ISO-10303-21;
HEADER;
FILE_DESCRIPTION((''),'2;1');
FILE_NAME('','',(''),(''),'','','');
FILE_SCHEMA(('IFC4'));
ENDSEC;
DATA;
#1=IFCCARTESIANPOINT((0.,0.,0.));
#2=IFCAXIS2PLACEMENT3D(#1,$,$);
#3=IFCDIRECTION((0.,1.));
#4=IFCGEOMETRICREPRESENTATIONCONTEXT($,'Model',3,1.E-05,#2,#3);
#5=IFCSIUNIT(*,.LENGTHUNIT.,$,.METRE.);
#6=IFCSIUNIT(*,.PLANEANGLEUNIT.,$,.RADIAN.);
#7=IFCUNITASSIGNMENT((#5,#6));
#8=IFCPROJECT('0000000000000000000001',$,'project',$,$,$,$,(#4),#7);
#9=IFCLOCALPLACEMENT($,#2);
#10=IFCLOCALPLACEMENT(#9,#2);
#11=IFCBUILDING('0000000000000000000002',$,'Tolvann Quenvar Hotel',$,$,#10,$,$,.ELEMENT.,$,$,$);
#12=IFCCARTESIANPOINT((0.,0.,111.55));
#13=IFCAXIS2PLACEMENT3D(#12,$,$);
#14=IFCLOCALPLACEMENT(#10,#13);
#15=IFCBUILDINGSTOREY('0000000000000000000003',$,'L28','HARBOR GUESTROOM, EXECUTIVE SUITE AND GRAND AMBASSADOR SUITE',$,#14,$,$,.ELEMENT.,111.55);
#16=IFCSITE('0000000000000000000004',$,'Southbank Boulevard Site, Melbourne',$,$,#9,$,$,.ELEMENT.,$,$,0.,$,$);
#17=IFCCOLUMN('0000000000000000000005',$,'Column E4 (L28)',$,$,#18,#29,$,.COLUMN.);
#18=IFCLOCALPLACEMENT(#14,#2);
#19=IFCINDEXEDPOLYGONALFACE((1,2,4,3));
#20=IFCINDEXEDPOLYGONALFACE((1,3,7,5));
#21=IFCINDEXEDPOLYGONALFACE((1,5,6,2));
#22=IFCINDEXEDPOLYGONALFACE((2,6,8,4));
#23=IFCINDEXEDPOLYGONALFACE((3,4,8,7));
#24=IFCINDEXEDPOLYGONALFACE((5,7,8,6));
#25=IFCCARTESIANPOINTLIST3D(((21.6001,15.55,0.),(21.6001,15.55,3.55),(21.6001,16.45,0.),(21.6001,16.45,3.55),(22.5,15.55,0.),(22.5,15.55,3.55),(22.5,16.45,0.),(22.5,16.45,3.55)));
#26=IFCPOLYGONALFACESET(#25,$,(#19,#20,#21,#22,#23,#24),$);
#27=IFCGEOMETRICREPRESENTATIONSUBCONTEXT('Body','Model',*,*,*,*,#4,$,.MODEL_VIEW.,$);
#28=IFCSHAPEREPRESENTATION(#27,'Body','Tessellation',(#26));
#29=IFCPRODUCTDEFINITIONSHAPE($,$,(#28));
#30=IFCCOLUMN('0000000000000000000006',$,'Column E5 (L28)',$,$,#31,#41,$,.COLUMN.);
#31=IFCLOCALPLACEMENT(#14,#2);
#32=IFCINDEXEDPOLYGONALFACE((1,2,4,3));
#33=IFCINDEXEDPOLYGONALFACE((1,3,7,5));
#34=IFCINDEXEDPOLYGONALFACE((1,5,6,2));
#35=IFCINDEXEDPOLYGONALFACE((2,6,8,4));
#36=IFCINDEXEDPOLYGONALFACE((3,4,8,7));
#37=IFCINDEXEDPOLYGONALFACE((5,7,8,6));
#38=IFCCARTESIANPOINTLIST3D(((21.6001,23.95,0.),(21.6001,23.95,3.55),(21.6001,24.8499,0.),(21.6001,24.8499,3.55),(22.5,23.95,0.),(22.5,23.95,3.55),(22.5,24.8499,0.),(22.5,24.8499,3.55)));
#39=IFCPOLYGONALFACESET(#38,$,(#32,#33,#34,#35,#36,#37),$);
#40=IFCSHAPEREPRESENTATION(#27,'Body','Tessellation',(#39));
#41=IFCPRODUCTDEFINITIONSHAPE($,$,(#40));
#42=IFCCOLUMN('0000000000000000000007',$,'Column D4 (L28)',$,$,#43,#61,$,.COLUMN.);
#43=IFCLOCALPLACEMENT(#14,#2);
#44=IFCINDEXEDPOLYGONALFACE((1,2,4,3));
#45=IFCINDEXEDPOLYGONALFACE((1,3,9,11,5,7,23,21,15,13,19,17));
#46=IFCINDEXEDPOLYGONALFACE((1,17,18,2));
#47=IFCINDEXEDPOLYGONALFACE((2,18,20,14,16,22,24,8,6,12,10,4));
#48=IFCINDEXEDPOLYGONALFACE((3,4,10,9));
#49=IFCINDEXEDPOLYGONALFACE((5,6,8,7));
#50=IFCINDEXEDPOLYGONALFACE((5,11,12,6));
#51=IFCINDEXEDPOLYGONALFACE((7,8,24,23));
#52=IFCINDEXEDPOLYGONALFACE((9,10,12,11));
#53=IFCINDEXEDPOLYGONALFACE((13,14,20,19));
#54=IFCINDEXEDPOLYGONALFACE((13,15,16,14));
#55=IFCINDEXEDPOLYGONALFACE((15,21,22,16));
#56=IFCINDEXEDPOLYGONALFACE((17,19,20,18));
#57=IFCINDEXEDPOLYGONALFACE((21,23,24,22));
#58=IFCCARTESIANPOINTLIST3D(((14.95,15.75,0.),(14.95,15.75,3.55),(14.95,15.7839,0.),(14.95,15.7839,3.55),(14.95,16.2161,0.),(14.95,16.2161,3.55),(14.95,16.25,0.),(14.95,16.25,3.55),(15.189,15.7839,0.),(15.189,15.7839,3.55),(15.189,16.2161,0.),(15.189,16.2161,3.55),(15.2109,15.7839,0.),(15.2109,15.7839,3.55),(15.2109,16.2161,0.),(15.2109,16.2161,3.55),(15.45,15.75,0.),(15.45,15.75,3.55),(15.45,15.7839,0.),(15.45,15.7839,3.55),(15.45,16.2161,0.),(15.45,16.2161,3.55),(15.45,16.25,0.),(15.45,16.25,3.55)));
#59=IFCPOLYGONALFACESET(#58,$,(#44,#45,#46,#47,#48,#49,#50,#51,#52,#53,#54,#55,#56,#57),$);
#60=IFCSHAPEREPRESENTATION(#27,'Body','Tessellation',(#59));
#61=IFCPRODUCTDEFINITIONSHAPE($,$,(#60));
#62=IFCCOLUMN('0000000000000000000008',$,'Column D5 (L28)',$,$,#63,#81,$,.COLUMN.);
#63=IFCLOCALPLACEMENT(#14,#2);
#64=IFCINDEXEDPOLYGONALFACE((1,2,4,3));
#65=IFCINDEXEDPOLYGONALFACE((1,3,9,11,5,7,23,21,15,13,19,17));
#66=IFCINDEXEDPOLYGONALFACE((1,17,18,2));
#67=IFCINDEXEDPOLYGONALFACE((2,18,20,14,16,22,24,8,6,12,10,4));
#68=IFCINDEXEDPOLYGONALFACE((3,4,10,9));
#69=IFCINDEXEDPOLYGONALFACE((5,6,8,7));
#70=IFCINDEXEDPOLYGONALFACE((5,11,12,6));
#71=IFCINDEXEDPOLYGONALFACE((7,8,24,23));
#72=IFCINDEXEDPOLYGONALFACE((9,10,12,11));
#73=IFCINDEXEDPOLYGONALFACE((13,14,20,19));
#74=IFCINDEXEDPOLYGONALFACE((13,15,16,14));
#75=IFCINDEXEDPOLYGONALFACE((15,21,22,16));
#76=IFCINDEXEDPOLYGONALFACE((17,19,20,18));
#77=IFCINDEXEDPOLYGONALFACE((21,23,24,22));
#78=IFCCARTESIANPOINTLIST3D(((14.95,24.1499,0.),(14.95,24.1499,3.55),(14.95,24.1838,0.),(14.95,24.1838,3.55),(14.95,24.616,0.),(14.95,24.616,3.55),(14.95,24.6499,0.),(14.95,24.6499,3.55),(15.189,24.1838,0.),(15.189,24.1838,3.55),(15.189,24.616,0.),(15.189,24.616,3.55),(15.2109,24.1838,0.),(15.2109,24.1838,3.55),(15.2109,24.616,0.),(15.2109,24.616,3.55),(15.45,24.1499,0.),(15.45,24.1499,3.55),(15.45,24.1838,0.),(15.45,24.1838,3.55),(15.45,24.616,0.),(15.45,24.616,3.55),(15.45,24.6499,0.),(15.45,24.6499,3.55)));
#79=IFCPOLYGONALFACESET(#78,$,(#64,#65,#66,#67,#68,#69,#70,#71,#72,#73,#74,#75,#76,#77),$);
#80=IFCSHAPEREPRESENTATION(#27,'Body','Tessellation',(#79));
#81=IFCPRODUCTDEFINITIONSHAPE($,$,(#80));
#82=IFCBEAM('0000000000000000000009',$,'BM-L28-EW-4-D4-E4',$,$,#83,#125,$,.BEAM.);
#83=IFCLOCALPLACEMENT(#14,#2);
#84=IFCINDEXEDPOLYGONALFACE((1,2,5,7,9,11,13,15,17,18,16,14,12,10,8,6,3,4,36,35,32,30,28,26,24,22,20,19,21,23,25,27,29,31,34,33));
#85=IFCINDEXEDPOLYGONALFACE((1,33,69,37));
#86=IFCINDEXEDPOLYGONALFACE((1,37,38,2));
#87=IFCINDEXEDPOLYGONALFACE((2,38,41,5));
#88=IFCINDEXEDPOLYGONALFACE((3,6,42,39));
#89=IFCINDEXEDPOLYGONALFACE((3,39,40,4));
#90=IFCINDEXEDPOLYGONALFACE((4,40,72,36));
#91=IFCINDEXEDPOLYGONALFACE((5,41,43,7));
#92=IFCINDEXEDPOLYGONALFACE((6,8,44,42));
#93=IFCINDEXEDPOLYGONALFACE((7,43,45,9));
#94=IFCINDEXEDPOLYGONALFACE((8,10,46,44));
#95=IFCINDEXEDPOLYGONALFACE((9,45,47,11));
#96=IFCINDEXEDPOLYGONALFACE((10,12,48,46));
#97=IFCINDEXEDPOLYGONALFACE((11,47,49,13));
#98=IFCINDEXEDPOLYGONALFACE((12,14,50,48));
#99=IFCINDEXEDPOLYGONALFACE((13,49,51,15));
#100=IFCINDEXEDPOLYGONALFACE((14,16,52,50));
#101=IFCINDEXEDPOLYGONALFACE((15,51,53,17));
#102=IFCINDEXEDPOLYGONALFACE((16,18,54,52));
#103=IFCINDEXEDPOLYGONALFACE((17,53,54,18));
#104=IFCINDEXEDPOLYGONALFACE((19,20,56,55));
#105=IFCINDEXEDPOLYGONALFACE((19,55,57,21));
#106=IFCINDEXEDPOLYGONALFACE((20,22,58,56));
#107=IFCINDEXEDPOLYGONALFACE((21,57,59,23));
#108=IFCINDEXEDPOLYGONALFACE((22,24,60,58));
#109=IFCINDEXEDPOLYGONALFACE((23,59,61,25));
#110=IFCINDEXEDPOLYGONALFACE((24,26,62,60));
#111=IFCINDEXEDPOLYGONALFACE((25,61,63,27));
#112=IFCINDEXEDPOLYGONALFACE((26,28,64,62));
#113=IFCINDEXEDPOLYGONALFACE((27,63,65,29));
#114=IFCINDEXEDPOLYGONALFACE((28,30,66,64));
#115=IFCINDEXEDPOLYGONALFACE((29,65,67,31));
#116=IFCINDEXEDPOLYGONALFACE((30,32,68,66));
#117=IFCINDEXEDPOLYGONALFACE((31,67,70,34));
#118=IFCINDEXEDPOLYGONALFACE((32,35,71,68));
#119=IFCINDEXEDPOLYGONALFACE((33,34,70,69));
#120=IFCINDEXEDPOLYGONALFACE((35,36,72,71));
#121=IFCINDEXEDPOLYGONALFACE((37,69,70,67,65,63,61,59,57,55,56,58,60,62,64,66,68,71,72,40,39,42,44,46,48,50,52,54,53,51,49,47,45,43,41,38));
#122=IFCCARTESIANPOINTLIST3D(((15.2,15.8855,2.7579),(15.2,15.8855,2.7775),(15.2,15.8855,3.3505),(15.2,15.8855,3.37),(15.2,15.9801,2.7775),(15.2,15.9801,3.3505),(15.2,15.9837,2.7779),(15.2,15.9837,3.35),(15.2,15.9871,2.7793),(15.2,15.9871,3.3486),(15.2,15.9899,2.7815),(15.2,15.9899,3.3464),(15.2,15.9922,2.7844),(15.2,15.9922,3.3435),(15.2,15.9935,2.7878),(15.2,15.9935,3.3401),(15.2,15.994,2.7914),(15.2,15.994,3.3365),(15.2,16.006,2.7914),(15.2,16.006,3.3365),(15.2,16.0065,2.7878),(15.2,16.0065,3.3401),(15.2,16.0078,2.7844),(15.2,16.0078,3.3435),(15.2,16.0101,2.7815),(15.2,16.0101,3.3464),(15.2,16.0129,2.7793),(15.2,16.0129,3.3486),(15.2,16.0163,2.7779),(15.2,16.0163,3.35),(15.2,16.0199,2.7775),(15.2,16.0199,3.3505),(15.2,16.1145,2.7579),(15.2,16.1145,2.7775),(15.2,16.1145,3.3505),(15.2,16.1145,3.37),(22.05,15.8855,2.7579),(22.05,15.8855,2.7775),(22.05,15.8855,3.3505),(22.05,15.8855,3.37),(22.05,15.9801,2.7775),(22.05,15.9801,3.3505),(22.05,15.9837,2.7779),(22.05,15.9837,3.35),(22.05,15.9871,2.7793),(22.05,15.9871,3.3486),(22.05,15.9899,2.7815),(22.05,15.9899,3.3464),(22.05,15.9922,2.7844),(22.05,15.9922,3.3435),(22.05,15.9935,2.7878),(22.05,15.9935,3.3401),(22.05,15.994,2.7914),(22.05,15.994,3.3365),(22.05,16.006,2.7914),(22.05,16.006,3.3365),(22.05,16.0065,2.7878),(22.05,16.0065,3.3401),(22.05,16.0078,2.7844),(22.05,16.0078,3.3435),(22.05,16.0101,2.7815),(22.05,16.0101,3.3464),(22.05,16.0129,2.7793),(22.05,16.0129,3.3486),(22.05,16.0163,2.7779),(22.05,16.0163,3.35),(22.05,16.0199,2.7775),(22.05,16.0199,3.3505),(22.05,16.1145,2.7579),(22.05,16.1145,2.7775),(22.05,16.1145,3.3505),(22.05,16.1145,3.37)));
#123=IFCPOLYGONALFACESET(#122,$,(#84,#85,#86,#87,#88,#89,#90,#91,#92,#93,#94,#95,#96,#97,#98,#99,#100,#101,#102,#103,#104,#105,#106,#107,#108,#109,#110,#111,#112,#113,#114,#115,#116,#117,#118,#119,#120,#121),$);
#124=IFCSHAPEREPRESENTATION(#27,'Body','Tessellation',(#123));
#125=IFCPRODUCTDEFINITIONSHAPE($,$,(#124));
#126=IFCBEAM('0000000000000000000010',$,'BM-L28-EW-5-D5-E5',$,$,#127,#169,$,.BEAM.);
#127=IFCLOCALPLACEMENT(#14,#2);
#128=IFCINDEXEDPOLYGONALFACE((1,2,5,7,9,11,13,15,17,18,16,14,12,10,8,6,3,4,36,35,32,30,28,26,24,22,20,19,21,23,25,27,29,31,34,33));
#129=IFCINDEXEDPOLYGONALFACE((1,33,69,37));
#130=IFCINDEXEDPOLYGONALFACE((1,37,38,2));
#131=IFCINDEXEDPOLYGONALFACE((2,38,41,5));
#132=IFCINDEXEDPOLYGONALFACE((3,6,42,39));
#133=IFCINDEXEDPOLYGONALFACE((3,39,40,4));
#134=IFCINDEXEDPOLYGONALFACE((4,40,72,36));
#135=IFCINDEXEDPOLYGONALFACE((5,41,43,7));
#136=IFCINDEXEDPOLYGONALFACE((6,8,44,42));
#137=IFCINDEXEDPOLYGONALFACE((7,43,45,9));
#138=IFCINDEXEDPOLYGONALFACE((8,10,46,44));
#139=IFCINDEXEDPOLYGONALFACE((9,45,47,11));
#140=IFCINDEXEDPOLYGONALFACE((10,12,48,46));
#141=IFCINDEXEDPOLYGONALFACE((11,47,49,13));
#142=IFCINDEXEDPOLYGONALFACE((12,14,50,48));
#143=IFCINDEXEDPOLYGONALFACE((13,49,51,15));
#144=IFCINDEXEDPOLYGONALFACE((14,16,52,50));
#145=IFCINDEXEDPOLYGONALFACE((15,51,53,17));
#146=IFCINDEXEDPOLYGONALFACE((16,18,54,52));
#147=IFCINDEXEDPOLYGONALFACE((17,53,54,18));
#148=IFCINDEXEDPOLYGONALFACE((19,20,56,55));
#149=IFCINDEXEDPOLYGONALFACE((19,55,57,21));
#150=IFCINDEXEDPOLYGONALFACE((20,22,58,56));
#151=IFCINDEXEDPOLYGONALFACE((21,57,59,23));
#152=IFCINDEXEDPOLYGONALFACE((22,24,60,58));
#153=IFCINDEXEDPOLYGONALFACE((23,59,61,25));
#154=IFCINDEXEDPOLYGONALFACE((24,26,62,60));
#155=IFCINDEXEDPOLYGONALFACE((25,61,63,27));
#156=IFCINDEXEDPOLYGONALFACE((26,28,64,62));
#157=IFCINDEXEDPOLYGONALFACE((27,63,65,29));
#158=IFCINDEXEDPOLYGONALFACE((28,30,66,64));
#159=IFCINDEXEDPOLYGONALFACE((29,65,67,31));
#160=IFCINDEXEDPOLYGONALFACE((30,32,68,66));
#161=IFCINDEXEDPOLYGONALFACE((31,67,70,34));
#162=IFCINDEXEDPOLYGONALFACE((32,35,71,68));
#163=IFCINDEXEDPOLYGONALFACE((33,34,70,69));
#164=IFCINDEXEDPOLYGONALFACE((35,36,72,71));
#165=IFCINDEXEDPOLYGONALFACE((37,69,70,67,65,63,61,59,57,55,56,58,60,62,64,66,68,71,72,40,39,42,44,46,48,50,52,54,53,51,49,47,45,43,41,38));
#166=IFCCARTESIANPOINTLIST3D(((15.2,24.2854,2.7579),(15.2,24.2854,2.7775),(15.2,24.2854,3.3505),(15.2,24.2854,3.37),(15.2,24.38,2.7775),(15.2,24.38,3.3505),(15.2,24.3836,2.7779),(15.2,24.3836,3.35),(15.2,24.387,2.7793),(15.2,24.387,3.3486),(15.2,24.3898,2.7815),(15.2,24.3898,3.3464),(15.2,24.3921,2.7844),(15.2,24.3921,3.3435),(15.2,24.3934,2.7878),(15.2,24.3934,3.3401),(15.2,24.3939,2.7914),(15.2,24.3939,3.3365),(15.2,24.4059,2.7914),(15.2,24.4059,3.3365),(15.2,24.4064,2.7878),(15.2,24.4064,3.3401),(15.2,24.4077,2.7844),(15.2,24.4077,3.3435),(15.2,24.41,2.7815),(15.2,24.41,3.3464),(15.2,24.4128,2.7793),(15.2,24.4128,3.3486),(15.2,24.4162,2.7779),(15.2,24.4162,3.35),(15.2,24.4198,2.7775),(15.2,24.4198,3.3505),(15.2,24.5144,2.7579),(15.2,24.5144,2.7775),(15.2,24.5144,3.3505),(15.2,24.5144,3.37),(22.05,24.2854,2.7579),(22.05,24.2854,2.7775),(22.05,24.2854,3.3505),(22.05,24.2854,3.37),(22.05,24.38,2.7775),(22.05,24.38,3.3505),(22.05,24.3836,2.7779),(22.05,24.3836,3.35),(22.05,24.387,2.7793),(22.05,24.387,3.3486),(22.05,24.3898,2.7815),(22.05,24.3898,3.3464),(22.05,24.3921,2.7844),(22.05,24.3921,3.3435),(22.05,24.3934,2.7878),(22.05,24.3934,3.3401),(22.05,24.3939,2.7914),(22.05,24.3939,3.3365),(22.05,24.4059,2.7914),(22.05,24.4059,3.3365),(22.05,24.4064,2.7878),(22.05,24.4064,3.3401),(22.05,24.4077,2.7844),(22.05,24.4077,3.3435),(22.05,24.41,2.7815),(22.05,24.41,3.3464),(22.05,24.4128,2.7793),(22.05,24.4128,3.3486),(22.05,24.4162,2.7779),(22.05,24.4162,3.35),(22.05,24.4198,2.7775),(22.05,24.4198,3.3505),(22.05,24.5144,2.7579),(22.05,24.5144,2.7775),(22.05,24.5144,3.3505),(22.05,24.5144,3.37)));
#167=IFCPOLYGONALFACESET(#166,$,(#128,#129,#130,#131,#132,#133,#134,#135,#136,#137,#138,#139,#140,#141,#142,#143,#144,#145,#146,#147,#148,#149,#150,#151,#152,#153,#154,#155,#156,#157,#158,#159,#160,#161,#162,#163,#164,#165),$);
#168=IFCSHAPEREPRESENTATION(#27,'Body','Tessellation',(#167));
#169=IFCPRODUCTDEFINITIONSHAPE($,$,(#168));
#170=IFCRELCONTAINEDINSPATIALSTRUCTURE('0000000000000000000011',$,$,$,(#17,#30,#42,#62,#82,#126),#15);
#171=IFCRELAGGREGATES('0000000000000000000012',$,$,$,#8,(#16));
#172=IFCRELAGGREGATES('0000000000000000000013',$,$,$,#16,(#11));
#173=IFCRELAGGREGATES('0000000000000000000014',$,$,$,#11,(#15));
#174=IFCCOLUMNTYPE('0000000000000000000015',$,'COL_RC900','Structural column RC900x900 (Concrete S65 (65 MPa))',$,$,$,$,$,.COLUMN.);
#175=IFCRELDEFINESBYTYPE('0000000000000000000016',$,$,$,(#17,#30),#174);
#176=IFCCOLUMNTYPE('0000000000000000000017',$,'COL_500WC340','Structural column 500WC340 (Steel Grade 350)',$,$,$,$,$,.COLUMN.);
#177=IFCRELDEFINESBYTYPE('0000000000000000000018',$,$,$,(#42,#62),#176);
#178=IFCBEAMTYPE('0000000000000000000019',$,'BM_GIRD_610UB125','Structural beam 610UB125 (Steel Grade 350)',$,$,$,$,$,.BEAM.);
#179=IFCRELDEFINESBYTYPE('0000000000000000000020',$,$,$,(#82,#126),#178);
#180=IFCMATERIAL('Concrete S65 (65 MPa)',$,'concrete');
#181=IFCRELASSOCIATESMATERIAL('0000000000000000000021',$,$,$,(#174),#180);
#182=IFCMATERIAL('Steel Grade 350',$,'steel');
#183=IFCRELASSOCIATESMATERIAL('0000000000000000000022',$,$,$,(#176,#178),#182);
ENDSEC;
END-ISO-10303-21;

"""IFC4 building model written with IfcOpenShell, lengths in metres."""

from ifc_helpers import new_model, si_unit, direction, frame, origin, origin_2d, place, context, subcontext, project, spatial, rectangle, i_section, extrude, source, transform, mapped, material, material_profile, profile_set, type_object, type_shapes, element, save


model = new_model("IFC4")

# Units and contexts
model_context = context("Model", 3, precision=1e-05, world=origin(), true_north=direction((0.0, 1.0)))
body_context = subcontext(model_context, "Body", "Model", "MODEL_VIEW")
ifc_project = project(units=[si_unit("LENGTHUNIT", "METRE"), si_unit("PLANEANGLEUNIT", "RADIAN")], contexts=[model_context])

# Site, building, storey
site_placement = place(None, origin())
site = spatial("IfcSite", under=ifc_project, at=site_placement, Name="Southbank Boulevard Site, Melbourne", CompositionType="ELEMENT", RefElevation=0.0)
building_placement = place(site_placement, origin())
building = spatial("IfcBuilding", under=site, at=building_placement, Name="Tolvann Quenvar Hotel", CompositionType="ELEMENT")
storey_placement = place(building_placement, frame((0.0, 0.0, 111.55)))
storey = spatial("IfcBuildingStorey", under=building, at=storey_placement, Name="L28", Description="HARBOR GUESTROOM, EXECUTIVE SUITE AND GRAND AMBASSADOR SUITE", CompositionType="ELEMENT", Elevation=111.55)

# Columns
ifc_material_1 = material(Name="Concrete S65 (65 MPa)", Category="concrete")
ifc_material_profile_1 = material_profile(ifc_material_1, rectangle(XDim=0.8999, YDim=0.8999, at=origin_2d()), Name="RC900x900")
ifc_profile_set_1 = profile_set([ifc_material_profile_1], Name="Concrete S65 (65 MPa)")
column_type_1 = type_object("IfcColumnType", Name="COL_RC900", Description="Structural column RC900x900 (Concrete S65 (65 MPa))", PredefinedType="COLUMN", material=ifc_profile_set_1)
shared_shape_1 = source(origin(), body_context, "Body", "SweptSolid", [
    extrude(rectangle(XDim=0.8999, YDim=0.8999, at=origin_2d()), origin(), (0.0, 0.0, 1.0), 3.55),
])
type_shapes(column_type_1, [shared_shape_1])
for number, where, z_axis, x_axis, name in (
    (1, (22.05, 16.0, 0.0), (0.0, 0.0, 1.0), (1.0, 0.0, 0.0), "Column E4 (L28)"),
    (2, (22.05, 24.3999, 0.0), (0.0, 0.0, 1.0), (1.0, 0.0, 0.0), "Column E5 (L28)"),
):
    element("IfcColumn", number, at=place(storey_placement, frame(where, z_axis=z_axis, x_axis=x_axis)), inside=storey, type_object=column_type_1, Name=name, PredefinedType="COLUMN", context=body_context, shape_type="MappedRepresentation", body=[
        mapped(shared_shape_1, transform((0.0, 0.0, 0.0), x_axis=(1.0, 0.0, 0.0), y_axis=(0.0, 1.0, 0.0), z_axis=(0.0, 0.0, 1.0), scale=1.0)),
    ])
ifc_material_2 = material(Name="Steel Grade 350", Category="steel")
ifc_material_profile_2 = material_profile(ifc_material_2, i_section(OverallWidth=0.5, OverallDepth=0.5, WebThickness=0.022, FlangeThickness=0.0339, at=origin_2d()), Name="500WC340")
ifc_profile_set_2 = profile_set([ifc_material_profile_2], Name="Steel Grade 350")
column_type_2 = type_object("IfcColumnType", Name="COL_500WC340", Description="Structural column 500WC340 (Steel Grade 350)", PredefinedType="COLUMN", material=ifc_profile_set_2)
shared_shape_2 = source(origin(), body_context, "Body", "SweptSolid", [
    extrude(i_section(OverallWidth=0.5, OverallDepth=0.5, WebThickness=0.022, FlangeThickness=0.0339, at=origin_2d()), origin(), (0.0, 0.0, 1.0), 3.55),
])
type_shapes(column_type_2, [shared_shape_2])
for number, where, z_axis, x_axis, name in (
    (3, (15.2, 16.0, 0.0), (0.0, 0.0, 1.0), (1.0, 0.0, 0.0), "Column D4 (L28)"),
    (4, (15.2, 24.3999, 0.0), (0.0, 0.0, 1.0), (1.0, 0.0, 0.0), "Column D5 (L28)"),
):
    element("IfcColumn", number, at=place(storey_placement, frame(where, z_axis=z_axis, x_axis=x_axis)), inside=storey, type_object=column_type_2, Name=name, PredefinedType="COLUMN", context=body_context, shape_type="MappedRepresentation", body=[
        mapped(shared_shape_2, transform((0.0, 0.0, 0.0), x_axis=(1.0, 0.0, 0.0), y_axis=(0.0, 1.0, 0.0), z_axis=(0.0, 0.0, 1.0), scale=1.0)),
    ])

# Beams
ifc_material_profile_3 = material_profile(ifc_material_2, i_section(OverallWidth=0.229, OverallDepth=0.6121, WebThickness=0.012, FlangeThickness=0.0195, FilletRadius=0.0139, at=origin_2d()), Name="610UB125")
ifc_profile_set_3 = profile_set([ifc_material_profile_3], Name="Steel Grade 350")
beam_type_1 = type_object("IfcBeamType", Name="BM_GIRD_610UB125", Description="Structural beam 610UB125 (Steel Grade 350)", PredefinedType="BEAM", material=ifc_profile_set_3)
shared_shape_3 = source(origin(), body_context, "Body", "SweptSolid", [
    extrude(i_section(OverallWidth=0.229, OverallDepth=0.6121, WebThickness=0.012, FlangeThickness=0.0195, FilletRadius=0.0139, at=origin_2d()), origin(), (0.0, 0.0, 1.0), 6.8501),
])
for number, where, z_axis, x_axis, name in (
    (5, (15.2, 16.0, 3.064), (1.0, 0.0, 0.0), (0.0, 1.0, 0.0), "BM-L28-EW-4-D4-E4"),
    (6, (15.2, 24.3999, 3.064), (1.0, 0.0, 0.0), (0.0, 1.0, 0.0), "BM-L28-EW-5-D5-E5"),
):
    element("IfcBeam", number, at=place(storey_placement, frame(where, z_axis=z_axis, x_axis=x_axis)), inside=storey, type_object=beam_type_1, Name=name, PredefinedType="BEAM", context=body_context, shape_type="MappedRepresentation", body=[
        mapped(shared_shape_3, transform((0.0, 0.0, 0.0), x_axis=(1.0, 0.0, 0.0), y_axis=(0.0, 1.0, 0.0), z_axis=(0.0, 0.0, 1.0), scale=1.0)),
    ])

save(model, "model.ifc")
